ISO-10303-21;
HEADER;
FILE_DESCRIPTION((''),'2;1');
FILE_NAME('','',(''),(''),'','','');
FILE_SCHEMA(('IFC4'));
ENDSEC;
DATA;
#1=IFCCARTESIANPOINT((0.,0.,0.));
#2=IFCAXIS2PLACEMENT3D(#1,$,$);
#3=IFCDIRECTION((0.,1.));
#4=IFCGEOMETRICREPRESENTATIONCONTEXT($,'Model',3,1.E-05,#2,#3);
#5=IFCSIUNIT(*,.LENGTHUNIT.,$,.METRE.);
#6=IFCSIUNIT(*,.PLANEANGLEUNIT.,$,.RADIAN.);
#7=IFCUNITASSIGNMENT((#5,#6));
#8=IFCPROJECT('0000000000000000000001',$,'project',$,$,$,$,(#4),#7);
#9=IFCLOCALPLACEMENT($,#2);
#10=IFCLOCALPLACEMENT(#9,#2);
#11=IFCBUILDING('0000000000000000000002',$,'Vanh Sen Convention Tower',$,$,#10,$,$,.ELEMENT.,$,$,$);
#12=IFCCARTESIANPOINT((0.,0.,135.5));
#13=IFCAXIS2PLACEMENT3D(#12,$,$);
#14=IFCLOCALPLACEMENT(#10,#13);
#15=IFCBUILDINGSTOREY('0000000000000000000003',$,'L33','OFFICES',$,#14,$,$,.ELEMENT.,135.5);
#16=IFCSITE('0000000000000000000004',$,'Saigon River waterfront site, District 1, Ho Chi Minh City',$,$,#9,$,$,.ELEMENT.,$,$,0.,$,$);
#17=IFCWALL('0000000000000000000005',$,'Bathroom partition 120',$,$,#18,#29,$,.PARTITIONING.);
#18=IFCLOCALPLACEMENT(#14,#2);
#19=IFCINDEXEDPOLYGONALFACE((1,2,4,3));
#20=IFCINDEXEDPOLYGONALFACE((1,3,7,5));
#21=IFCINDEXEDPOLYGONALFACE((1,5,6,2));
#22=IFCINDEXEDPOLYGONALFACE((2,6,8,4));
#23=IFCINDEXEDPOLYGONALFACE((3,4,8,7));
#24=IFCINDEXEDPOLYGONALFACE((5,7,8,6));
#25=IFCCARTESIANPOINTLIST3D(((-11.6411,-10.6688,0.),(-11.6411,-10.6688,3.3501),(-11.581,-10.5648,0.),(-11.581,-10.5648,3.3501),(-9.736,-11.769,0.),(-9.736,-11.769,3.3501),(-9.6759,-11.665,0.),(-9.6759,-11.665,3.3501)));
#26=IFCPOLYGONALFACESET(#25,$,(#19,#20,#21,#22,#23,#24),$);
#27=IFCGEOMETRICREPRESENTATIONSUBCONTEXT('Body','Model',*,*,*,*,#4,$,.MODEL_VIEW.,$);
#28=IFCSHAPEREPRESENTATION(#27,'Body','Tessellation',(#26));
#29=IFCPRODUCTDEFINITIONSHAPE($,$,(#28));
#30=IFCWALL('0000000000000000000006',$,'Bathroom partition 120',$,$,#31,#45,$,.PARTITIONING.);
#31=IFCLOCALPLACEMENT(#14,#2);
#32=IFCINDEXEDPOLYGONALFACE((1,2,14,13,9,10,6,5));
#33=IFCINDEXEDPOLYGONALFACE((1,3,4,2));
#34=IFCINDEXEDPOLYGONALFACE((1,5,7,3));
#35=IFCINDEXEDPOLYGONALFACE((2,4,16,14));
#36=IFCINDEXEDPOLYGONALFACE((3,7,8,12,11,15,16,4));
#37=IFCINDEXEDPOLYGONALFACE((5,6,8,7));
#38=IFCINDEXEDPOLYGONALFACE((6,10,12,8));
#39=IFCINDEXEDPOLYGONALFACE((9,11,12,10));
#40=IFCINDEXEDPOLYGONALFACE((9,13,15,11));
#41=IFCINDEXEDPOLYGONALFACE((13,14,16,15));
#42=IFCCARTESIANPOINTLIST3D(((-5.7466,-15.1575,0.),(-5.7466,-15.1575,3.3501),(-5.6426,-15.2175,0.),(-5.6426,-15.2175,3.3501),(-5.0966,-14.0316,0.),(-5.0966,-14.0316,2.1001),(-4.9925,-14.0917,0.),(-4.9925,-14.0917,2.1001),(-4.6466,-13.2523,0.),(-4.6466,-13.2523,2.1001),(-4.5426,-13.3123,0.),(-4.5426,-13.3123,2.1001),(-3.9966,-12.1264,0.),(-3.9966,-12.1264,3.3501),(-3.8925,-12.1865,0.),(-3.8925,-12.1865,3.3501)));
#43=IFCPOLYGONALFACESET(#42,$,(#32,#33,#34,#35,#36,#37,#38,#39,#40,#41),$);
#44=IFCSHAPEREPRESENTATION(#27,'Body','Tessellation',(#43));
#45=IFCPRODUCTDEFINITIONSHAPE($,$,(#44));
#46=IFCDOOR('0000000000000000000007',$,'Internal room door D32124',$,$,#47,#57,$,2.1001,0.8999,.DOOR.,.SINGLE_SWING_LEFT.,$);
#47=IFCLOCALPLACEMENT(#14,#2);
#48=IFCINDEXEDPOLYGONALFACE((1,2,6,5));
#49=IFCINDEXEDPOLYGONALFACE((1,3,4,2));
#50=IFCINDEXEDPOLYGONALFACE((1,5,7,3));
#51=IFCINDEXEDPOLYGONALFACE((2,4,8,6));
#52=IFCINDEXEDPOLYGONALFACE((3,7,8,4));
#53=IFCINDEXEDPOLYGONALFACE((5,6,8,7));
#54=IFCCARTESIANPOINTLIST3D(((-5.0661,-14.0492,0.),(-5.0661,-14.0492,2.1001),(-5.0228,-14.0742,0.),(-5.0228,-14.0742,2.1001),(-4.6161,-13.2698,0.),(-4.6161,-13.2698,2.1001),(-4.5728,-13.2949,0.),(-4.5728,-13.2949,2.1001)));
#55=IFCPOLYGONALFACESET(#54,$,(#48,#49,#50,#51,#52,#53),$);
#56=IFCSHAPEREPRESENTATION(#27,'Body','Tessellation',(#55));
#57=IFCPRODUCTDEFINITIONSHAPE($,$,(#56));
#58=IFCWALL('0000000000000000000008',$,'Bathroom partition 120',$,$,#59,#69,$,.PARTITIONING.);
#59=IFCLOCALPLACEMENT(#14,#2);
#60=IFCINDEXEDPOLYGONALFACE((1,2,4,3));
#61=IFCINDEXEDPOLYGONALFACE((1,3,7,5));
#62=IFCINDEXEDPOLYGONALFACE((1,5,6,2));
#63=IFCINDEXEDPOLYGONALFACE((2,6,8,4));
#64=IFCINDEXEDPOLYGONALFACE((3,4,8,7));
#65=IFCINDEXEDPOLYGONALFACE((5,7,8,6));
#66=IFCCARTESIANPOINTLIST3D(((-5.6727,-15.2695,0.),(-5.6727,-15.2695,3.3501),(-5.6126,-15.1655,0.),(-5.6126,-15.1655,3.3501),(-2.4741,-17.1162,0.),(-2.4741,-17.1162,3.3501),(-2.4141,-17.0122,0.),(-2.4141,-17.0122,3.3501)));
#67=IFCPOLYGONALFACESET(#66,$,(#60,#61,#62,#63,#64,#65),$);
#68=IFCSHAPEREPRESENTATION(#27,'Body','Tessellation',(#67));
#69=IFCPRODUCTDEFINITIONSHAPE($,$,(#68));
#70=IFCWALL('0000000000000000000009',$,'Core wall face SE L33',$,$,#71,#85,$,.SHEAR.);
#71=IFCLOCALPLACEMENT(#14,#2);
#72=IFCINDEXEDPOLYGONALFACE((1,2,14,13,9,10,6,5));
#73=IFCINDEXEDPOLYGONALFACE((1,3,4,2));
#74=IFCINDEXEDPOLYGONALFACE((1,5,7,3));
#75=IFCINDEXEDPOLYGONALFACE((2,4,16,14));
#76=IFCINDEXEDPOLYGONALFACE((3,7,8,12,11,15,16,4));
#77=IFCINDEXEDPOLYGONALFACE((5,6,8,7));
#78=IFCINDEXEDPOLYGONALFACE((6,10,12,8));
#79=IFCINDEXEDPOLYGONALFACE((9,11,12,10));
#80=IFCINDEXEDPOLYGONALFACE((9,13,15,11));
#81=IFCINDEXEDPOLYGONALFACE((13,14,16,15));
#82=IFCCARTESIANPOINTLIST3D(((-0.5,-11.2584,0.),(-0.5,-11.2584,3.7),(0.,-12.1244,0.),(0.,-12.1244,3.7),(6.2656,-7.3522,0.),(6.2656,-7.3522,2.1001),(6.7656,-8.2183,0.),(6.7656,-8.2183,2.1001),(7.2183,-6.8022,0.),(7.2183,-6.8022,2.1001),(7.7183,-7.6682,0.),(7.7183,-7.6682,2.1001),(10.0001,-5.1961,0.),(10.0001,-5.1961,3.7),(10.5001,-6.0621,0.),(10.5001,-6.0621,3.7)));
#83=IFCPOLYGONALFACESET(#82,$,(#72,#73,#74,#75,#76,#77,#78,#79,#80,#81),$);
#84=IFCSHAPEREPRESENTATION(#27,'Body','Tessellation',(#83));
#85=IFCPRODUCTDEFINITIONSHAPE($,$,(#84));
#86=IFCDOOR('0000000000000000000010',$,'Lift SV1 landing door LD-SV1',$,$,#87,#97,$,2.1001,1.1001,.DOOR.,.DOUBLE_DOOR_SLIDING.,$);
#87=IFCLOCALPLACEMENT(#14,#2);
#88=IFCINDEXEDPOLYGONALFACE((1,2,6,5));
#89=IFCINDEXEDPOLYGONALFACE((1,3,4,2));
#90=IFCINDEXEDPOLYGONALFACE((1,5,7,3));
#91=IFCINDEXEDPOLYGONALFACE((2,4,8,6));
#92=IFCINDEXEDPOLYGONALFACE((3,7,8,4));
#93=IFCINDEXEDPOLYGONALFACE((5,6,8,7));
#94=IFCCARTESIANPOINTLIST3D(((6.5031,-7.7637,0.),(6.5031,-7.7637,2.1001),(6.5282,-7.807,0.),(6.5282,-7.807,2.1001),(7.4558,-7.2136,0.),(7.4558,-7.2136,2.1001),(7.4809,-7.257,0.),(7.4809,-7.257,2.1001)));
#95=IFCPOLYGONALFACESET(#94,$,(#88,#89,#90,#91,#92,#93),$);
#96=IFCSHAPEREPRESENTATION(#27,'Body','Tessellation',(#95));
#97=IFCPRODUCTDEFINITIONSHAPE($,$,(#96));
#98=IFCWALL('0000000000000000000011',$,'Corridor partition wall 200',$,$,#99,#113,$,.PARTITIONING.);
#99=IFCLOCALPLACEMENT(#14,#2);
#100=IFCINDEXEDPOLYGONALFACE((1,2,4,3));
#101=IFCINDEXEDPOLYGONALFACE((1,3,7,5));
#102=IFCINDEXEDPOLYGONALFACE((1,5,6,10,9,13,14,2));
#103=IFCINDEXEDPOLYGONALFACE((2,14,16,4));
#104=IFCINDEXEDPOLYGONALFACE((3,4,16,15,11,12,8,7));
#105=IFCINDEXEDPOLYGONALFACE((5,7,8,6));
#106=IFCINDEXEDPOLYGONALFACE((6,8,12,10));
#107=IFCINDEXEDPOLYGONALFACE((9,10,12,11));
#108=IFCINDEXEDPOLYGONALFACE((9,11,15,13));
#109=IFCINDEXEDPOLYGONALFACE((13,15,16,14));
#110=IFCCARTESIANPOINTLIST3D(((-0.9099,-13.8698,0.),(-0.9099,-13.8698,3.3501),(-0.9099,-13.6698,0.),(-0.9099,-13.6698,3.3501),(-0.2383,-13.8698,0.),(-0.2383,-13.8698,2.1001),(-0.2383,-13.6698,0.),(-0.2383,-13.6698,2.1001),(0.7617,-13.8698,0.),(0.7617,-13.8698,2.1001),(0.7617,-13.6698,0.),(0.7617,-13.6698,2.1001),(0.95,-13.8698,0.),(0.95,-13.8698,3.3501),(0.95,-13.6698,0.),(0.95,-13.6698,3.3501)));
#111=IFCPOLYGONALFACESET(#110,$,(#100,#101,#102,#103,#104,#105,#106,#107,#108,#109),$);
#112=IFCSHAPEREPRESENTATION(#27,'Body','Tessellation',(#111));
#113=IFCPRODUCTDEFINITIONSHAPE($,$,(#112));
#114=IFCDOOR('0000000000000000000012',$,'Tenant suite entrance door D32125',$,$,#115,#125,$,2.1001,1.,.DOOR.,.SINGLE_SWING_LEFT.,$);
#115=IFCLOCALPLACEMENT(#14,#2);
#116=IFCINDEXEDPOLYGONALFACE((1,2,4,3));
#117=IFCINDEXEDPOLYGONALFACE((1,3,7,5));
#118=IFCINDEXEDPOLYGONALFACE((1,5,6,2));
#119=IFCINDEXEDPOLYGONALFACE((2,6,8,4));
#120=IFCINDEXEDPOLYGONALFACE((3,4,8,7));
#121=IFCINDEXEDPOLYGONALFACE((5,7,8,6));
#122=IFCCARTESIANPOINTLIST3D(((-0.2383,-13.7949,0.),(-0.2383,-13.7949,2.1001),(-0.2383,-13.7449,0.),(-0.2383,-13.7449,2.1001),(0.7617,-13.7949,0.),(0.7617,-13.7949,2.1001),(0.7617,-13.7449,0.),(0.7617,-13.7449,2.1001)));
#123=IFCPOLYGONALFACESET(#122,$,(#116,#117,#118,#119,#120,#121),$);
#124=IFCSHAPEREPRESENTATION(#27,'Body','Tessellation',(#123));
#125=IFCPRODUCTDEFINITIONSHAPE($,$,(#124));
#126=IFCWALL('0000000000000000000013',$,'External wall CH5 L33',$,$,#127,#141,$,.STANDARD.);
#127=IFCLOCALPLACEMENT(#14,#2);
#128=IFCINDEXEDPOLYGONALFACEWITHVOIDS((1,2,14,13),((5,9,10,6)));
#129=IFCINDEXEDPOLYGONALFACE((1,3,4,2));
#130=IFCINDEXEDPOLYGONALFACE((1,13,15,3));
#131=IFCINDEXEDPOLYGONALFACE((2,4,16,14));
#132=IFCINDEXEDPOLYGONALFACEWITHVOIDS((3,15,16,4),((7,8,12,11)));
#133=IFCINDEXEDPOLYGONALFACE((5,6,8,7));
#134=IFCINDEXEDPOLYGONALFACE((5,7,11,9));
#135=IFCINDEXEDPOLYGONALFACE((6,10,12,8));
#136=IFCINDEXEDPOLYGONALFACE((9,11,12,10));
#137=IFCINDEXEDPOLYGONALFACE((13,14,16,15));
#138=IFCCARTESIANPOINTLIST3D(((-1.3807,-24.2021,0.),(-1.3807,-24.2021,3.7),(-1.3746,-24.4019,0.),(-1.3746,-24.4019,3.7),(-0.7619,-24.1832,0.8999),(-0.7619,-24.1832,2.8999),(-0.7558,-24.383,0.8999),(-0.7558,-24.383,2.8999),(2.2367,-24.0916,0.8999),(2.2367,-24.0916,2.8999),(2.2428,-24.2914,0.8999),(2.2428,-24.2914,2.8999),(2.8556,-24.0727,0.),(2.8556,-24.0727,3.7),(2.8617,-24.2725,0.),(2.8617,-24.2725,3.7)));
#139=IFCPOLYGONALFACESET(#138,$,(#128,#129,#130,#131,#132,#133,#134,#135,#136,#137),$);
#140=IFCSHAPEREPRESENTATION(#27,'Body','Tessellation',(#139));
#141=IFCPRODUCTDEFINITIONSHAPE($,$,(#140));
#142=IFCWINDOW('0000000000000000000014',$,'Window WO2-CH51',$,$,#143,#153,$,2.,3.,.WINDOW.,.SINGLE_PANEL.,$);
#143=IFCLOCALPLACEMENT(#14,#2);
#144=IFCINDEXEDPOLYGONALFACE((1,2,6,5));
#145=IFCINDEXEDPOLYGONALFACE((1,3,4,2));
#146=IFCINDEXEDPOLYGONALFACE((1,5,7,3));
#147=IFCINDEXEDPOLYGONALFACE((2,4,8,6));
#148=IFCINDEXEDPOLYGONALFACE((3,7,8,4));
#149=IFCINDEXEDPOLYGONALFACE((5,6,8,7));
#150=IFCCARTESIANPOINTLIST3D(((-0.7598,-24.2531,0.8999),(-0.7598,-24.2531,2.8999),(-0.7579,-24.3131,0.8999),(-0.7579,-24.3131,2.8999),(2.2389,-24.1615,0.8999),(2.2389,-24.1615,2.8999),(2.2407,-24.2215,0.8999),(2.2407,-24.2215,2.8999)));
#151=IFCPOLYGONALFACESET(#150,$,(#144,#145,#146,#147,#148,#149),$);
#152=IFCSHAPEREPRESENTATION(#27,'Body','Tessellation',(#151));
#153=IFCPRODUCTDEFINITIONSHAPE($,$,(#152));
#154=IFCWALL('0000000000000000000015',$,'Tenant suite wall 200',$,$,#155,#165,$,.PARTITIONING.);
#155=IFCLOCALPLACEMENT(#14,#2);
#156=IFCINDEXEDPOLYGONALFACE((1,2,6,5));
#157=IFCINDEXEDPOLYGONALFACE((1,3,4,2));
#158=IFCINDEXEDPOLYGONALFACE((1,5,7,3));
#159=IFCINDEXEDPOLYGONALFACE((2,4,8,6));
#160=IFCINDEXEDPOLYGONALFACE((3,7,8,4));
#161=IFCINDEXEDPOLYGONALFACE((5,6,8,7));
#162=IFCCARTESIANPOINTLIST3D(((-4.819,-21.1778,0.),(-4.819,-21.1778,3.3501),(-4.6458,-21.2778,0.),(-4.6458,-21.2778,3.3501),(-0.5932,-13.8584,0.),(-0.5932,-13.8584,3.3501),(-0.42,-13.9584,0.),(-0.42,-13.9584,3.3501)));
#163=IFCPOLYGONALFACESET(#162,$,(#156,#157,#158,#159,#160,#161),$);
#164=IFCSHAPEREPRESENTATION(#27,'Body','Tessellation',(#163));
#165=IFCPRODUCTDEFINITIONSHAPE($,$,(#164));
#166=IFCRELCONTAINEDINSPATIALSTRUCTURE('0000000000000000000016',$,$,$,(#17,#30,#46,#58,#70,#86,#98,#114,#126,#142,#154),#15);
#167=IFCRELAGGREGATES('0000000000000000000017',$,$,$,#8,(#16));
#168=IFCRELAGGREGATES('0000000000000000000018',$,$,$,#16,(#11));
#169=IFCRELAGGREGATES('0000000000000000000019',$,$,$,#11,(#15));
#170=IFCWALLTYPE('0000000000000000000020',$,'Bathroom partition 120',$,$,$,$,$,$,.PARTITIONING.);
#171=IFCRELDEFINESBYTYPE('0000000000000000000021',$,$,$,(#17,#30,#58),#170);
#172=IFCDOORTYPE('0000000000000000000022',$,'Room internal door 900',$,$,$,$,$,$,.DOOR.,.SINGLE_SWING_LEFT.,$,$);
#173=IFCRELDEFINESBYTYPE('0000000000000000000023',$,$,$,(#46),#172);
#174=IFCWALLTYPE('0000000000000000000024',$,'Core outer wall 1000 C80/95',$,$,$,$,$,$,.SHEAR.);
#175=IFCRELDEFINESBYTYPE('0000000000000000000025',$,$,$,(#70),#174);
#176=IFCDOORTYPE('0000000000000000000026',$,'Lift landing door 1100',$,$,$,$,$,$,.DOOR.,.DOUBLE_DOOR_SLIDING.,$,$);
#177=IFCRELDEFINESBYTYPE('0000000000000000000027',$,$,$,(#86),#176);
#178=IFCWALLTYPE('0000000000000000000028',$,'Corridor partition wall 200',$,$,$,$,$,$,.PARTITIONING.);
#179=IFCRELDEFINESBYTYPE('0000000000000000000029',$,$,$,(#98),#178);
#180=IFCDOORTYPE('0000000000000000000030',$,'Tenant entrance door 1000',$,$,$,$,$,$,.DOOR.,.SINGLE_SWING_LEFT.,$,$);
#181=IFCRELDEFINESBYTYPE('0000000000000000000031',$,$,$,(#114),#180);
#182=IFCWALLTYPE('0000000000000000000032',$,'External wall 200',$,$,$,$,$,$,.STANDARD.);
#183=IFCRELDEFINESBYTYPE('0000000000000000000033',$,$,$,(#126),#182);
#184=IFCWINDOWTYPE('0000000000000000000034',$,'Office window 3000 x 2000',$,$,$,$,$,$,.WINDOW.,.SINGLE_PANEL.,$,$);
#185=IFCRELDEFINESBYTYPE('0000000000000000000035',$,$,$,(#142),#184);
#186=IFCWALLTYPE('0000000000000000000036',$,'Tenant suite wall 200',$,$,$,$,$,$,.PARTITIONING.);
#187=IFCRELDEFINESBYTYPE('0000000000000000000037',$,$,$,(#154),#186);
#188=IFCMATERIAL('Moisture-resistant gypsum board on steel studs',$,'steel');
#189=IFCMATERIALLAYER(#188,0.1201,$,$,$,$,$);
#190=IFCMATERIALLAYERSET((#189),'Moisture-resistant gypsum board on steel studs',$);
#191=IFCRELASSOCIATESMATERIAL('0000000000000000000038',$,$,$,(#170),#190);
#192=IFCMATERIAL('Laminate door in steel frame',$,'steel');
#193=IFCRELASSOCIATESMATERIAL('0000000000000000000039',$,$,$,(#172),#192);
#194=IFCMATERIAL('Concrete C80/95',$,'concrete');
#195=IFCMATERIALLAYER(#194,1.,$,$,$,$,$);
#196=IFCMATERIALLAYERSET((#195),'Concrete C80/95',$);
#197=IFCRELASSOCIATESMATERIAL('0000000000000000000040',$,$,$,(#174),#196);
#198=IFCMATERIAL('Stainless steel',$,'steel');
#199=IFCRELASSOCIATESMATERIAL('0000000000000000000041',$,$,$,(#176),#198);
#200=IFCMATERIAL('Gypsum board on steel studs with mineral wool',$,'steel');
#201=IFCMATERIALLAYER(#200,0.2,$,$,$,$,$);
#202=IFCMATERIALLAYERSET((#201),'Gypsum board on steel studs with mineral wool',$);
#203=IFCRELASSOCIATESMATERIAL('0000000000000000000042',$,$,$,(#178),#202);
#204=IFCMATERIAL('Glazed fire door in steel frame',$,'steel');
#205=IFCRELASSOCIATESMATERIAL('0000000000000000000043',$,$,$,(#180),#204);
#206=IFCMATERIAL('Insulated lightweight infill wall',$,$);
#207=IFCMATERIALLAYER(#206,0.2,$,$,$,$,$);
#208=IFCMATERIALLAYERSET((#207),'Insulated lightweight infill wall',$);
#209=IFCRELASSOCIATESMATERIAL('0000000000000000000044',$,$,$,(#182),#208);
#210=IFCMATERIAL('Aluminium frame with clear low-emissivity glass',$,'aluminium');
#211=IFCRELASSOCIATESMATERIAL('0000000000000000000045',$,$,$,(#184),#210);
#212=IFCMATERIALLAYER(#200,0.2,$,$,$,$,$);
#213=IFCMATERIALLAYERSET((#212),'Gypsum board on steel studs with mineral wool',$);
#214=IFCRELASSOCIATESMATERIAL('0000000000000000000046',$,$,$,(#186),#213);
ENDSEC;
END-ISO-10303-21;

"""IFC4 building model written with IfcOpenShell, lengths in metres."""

from ifc_helpers import new_model, si_unit, direction, frame, frame_2d, origin, place, context, subcontext, project, spatial, rectangle, extrude, material, layer, layer_set, type_object, element, fill, save


model = new_model("IFC4")

# Units and contexts
model_context = context("Model", 3, precision=1e-05, world=origin(), true_north=direction((0.0, 1.0)))
body_context = subcontext(model_context, "Body", "Model", "MODEL_VIEW")
ifc_project = project(units=[si_unit("LENGTHUNIT", "METRE"), si_unit("PLANEANGLEUNIT", "RADIAN")], contexts=[model_context])

# Site, building, storey
site_placement = place(None, origin())
site = spatial("IfcSite", under=ifc_project, at=site_placement, Name="Saigon River waterfront site, District 1, Ho Chi Minh City", CompositionType="ELEMENT", RefElevation=0.0)
building_placement = place(site_placement, origin())
building = spatial("IfcBuilding", under=site, at=building_placement, Name="Vanh Sen Convention Tower", CompositionType="ELEMENT")
storey_placement = place(building_placement, frame((0.0, 0.0, 135.5)))
storey = spatial("IfcBuildingStorey", under=building, at=storey_placement, Name="L33", Description="OFFICES", CompositionType="ELEMENT", Elevation=135.5)

# Shared definitions
ifc_material_1 = material(Name="Concrete C80/95", Category="concrete")

# Wall
ifc_material_2 = material(Name="Moisture-resistant gypsum board on steel studs", Category="steel")
ifc_layer_1 = layer(ifc_material_2, 0.1201)
ifc_layer_set_1 = layer_set([ifc_layer_1], Name="Moisture-resistant gypsum board on steel studs")
wall_type_1 = type_object("IfcWallType", Name="Bathroom partition 120", PredefinedType="PARTITIONING", material=ifc_layer_set_1)
wall_1_placement = place(storey_placement, frame((-9.7058, -11.717, 0.0), z_axis=(0.0, 0.0, 1.0), x_axis=(-0.86598, 0.500078, 0.0)))
element("IfcWall", 1, at=wall_1_placement, inside=storey, type_object=wall_type_1, Name="Bathroom partition 120", PredefinedType="PARTITIONING", context=body_context, shape_type="SweptSolid", body=[
    extrude(rectangle(XDim=2.2, YDim=0.1201, at=frame_2d((1.1001, 0.0))), origin(), (0.0, 0.0, 1.0), 3.3501),
])

# Wall, opening, door
wall_2_placement = place(storey_placement, frame((-5.6946, -15.1875, 0.0), z_axis=(0.0, 0.0, 1.0), x_axis=(0.50001, 0.866019, 0.0)))
wall_2 = element("IfcWall", 2, at=wall_2_placement, inside=storey, type_object=wall_type_1, Name="Bathroom partition 120", PredefinedType="PARTITIONING", context=body_context, shape_type="SweptSolid", body=[
    extrude(rectangle(XDim=3.5, YDim=0.1201, at=frame_2d((1.75, 0.0))), origin(), (0.0, 0.0, 1.0), 3.3501),
])
opening_1_placement = place(wall_2_placement, frame((1.3, 0.0, 0.0)))
opening_1 = element("IfcOpeningElement", 3, at=opening_1_placement, cuts=wall_2, PredefinedType="OPENING", context=body_context, shape_type="SweptSolid", body=[
    extrude(rectangle(XDim=0.8999, YDim=2.1001, at=frame_2d((0.45, 1.05))), frame((0.0, 0.0701, 0.0), z_axis=(0.0, -1.0, 0.0), x_axis=(1.0, 0.0, 0.0)), (0.0, 0.0, 1.0), 0.1401),
])
ifc_material_3 = material(Name="Laminate door in steel frame", Category="steel")
door_type_1 = type_object("IfcDoorType", Name="Room internal door 900", OperationType="SINGLE_SWING_LEFT", PredefinedType="DOOR", material=ifc_material_3)
door_1_placement = place(opening_1_placement, origin())
door_1 = element("IfcDoor", 4, at=door_1_placement, inside=storey, type_object=door_type_1, Name="Internal room door D32124", OperationType="SINGLE_SWING_LEFT", OverallHeight=2.1001, OverallWidth=0.8999, PredefinedType="DOOR", context=body_context, shape_type="SweptSolid", body=[
    extrude(rectangle(XDim=0.8999, YDim=2.1001, at=frame_2d((0.45, 1.05))), frame((0.0, 0.0249, 0.0), z_axis=(0.0, -1.0, 0.0), x_axis=(1.0, 0.0, 0.0)), (0.0, 0.0, 1.0), 0.05),
])
fill(opening_1, door_1)

# Wall
wall_3_placement = place(storey_placement, frame((-2.4441, -17.0642, 0.0), z_axis=(0.0, 0.0, 1.0), x_axis=(-0.866022, 0.500007, 0.0)))
element("IfcWall", 5, at=wall_3_placement, inside=storey, type_object=wall_type_1, Name="Bathroom partition 120", PredefinedType="PARTITIONING", context=body_context, shape_type="SweptSolid", body=[
    extrude(rectangle(XDim=3.6934, YDim=0.1201, at=frame_2d((1.8467, 0.0))), origin(), (0.0, 0.0, 1.0), 3.3501),
])

# Walls, openings, doors
ifc_layer_2 = layer(ifc_material_1, 1.0)
ifc_layer_set_2 = layer_set([ifc_layer_2], Name="Concrete C80/95")
wall_type_2 = type_object("IfcWallType", Name="Core outer wall 1000 C80/95", PredefinedType="SHEAR", material=ifc_layer_set_2)
wall_4_placement = place(storey_placement, frame((-0.25, -11.6914, 0.0), z_axis=(0.0, 0.0, 1.0), x_axis=(0.866023, 0.500005, 0.0)))
wall_4 = element("IfcWall", 6, at=wall_4_placement, inside=storey, type_object=wall_type_2, Name="Core wall face SE L33", PredefinedType="SHEAR", context=body_context, shape_type="SweptSolid", body=[
    extrude(rectangle(XDim=12.1245, YDim=1.0, at=frame_2d((6.0623, 0.0))), origin(), (0.0, 0.0, 1.0), 3.7),
])
opening_2_placement = place(wall_4_placement, frame((7.8123, 0.0, 0.0)))
opening_2 = element("IfcOpeningElement", 7, at=opening_2_placement, cuts=wall_4, PredefinedType="OPENING", context=body_context, shape_type="SweptSolid", body=[
    extrude(rectangle(XDim=1.1001, YDim=2.1001, at=frame_2d((0.55, 1.05))), frame((0.0, 0.51, 0.0), z_axis=(0.0, -1.0, 0.0), x_axis=(1.0, 0.0, 0.0)), (0.0, 0.0, 1.0), 1.02),
])
ifc_material_4 = material(Name="Stainless steel", Category="steel")
door_type_2 = type_object("IfcDoorType", Name="Lift landing door 1100", OperationType="DOUBLE_DOOR_SLIDING", PredefinedType="DOOR", material=ifc_material_4)
door_2_placement = place(opening_2_placement, origin())
door_2 = element("IfcDoor", 8, at=door_2_placement, inside=storey, type_object=door_type_2, Name="Lift SV1 landing door LD-SV1", OperationType="DOUBLE_DOOR_SLIDING", OverallHeight=2.1001, OverallWidth=1.1001, PredefinedType="DOOR", context=body_context, shape_type="SweptSolid", body=[
    extrude(rectangle(XDim=1.1001, YDim=2.1001, at=frame_2d((0.55, 1.05))), frame((0.0, 0.0249, 0.0), z_axis=(0.0, -1.0, 0.0), x_axis=(1.0, 0.0, 0.0)), (0.0, 0.0, 1.0), 0.05),
])
fill(opening_2, door_2)
ifc_material_5 = material(Name="Gypsum board on steel studs with mineral wool", Category="steel")
ifc_layer_3 = layer(ifc_material_5, 0.2)
ifc_layer_set_3 = layer_set([ifc_layer_3], Name="Gypsum board on steel studs with mineral wool")
wall_type_3 = type_object("IfcWallType", Name="Corridor partition wall 200", PredefinedType="PARTITIONING", material=ifc_layer_set_3)
wall_5_placement = place(storey_placement, frame((-0.9099, -13.7698, 0.0), z_axis=(0.0, 0.0, 1.0), x_axis=(1.0, 0.0, 0.0)))
wall_5 = element("IfcWall", 9, at=wall_5_placement, inside=storey, type_object=wall_type_3, Name="Corridor partition wall 200", PredefinedType="PARTITIONING", context=body_context, shape_type="SweptSolid", body=[
    extrude(rectangle(XDim=1.8599, YDim=0.2, at=frame_2d((0.9299, 0.0))), origin(), (0.0, 0.0, 1.0), 3.3501),
])
opening_3_placement = place(wall_5_placement, frame((0.6716, 0.0, 0.0)))
opening_3 = element("IfcOpeningElement", 10, at=opening_3_placement, cuts=wall_5, PredefinedType="OPENING", context=body_context, shape_type="SweptSolid", body=[
    extrude(rectangle(XDim=1.0, YDim=2.1001, at=frame_2d((0.5, 1.05))), frame((0.0, 0.1099, 0.0), z_axis=(0.0, -1.0, 0.0), x_axis=(1.0, 0.0, 0.0)), (0.0, 0.0, 1.0), 0.22),
])
ifc_material_6 = material(Name="Glazed fire door in steel frame", Category="steel")
door_type_3 = type_object("IfcDoorType", Name="Tenant entrance door 1000", OperationType="SINGLE_SWING_LEFT", PredefinedType="DOOR", material=ifc_material_6)
door_3_placement = place(opening_3_placement, origin())
door_3 = element("IfcDoor", 11, at=door_3_placement, inside=storey, type_object=door_type_3, Name="Tenant suite entrance door D32125", OperationType="SINGLE_SWING_LEFT", OverallHeight=2.1001, OverallWidth=1.0, PredefinedType="DOOR", context=body_context, shape_type="SweptSolid", body=[
    extrude(rectangle(XDim=1.0, YDim=2.1001, at=frame_2d((0.5, 1.05))), frame((0.0, 0.0249, 0.0), z_axis=(0.0, -1.0, 0.0), x_axis=(1.0, 0.0, 0.0)), (0.0, 0.0, 1.0), 0.05),
])
fill(opening_3, door_3)

# Wall, opening, window
ifc_material_7 = material(Name="Insulated lightweight infill wall")
ifc_layer_4 = layer(ifc_material_7, 0.2)
ifc_layer_set_4 = layer_set([ifc_layer_4], Name="Insulated lightweight infill wall")
wall_type_4 = type_object("IfcWallType", Name="External wall 200", PredefinedType="STANDARD", material=ifc_layer_set_4)
wall_6_placement = place(storey_placement, frame((-1.3777, -24.302, 0.0), z_axis=(0.0, 0.0, 1.0), x_axis=(0.999534, 0.03053, 0.0)))
wall_6 = element("IfcWall", 12, at=wall_6_placement, inside=storey, type_object=wall_type_4, Name="External wall CH5 L33", PredefinedType="STANDARD", context=body_context, shape_type="SweptSolid", body=[
    extrude(rectangle(XDim=4.2383, YDim=0.2, at=frame_2d((2.1191, 0.0))), origin(), (0.0, 0.0, 1.0), 3.7),
])
opening_4_placement = place(wall_6_placement, frame((0.6191, 0.0, 0.8999)))
opening_4 = element("IfcOpeningElement", 13, at=opening_4_placement, cuts=wall_6, PredefinedType="OPENING", context=body_context, shape_type="SweptSolid", body=[
    extrude(rectangle(XDim=3.0, YDim=2.0, at=frame_2d((1.5, 1.0))), frame((0.0, 0.1099, 0.0), z_axis=(0.0, -1.0, 0.0), x_axis=(1.0, 0.0, 0.0)), (0.0, 0.0, 1.0), 0.22),
])
ifc_material_8 = material(Name="Aluminium frame with clear low-emissivity glass", Category="aluminium")
window_type = type_object("IfcWindowType", Name="Office window 3000 x 2000", PartitioningType="SINGLE_PANEL", PredefinedType="WINDOW", material=ifc_material_8)
window_placement = place(opening_4_placement, origin())
window = element("IfcWindow", 14, at=window_placement, inside=storey, type_object=window_type, Name="Window WO2-CH51", OverallHeight=2.0, OverallWidth=3.0, PartitioningType="SINGLE_PANEL", PredefinedType="WINDOW", context=body_context, shape_type="SweptSolid", body=[
    extrude(rectangle(XDim=3.0, YDim=2.0, at=frame_2d((1.5, 1.0))), frame((0.0, 0.03, 0.0), z_axis=(0.0, -1.0, 0.0), x_axis=(1.0, 0.0, 0.0)), (0.0, 0.0, 1.0), 0.0601),
])
fill(opening_4, window)

# Wall
ifc_layer_5 = layer(ifc_material_5, 0.2)
ifc_layer_set_5 = layer_set([ifc_layer_5], Name="Gypsum board on steel studs with mineral wool")
wall_type_5 = type_object("IfcWallType", Name="Tenant suite wall 200", PredefinedType="PARTITIONING", material=ifc_layer_set_5)
wall_7_placement = place(storey_placement, frame((-4.7324, -21.2278, 0.0), z_axis=(0.0, 0.0, 1.0), x_axis=(0.500001, 0.866025, 0.0)))
element("IfcWall", 15, at=wall_7_placement, inside=storey, type_object=wall_type_5, Name="Tenant suite wall 200", PredefinedType="PARTITIONING", context=body_context, shape_type="SweptSolid", body=[
    extrude(rectangle(XDim=8.4517, YDim=0.2, at=frame_2d((4.2258, 0.0))), origin(), (0.0, 0.0, 1.0), 3.3501),
])

save(model, "model.ifc")
